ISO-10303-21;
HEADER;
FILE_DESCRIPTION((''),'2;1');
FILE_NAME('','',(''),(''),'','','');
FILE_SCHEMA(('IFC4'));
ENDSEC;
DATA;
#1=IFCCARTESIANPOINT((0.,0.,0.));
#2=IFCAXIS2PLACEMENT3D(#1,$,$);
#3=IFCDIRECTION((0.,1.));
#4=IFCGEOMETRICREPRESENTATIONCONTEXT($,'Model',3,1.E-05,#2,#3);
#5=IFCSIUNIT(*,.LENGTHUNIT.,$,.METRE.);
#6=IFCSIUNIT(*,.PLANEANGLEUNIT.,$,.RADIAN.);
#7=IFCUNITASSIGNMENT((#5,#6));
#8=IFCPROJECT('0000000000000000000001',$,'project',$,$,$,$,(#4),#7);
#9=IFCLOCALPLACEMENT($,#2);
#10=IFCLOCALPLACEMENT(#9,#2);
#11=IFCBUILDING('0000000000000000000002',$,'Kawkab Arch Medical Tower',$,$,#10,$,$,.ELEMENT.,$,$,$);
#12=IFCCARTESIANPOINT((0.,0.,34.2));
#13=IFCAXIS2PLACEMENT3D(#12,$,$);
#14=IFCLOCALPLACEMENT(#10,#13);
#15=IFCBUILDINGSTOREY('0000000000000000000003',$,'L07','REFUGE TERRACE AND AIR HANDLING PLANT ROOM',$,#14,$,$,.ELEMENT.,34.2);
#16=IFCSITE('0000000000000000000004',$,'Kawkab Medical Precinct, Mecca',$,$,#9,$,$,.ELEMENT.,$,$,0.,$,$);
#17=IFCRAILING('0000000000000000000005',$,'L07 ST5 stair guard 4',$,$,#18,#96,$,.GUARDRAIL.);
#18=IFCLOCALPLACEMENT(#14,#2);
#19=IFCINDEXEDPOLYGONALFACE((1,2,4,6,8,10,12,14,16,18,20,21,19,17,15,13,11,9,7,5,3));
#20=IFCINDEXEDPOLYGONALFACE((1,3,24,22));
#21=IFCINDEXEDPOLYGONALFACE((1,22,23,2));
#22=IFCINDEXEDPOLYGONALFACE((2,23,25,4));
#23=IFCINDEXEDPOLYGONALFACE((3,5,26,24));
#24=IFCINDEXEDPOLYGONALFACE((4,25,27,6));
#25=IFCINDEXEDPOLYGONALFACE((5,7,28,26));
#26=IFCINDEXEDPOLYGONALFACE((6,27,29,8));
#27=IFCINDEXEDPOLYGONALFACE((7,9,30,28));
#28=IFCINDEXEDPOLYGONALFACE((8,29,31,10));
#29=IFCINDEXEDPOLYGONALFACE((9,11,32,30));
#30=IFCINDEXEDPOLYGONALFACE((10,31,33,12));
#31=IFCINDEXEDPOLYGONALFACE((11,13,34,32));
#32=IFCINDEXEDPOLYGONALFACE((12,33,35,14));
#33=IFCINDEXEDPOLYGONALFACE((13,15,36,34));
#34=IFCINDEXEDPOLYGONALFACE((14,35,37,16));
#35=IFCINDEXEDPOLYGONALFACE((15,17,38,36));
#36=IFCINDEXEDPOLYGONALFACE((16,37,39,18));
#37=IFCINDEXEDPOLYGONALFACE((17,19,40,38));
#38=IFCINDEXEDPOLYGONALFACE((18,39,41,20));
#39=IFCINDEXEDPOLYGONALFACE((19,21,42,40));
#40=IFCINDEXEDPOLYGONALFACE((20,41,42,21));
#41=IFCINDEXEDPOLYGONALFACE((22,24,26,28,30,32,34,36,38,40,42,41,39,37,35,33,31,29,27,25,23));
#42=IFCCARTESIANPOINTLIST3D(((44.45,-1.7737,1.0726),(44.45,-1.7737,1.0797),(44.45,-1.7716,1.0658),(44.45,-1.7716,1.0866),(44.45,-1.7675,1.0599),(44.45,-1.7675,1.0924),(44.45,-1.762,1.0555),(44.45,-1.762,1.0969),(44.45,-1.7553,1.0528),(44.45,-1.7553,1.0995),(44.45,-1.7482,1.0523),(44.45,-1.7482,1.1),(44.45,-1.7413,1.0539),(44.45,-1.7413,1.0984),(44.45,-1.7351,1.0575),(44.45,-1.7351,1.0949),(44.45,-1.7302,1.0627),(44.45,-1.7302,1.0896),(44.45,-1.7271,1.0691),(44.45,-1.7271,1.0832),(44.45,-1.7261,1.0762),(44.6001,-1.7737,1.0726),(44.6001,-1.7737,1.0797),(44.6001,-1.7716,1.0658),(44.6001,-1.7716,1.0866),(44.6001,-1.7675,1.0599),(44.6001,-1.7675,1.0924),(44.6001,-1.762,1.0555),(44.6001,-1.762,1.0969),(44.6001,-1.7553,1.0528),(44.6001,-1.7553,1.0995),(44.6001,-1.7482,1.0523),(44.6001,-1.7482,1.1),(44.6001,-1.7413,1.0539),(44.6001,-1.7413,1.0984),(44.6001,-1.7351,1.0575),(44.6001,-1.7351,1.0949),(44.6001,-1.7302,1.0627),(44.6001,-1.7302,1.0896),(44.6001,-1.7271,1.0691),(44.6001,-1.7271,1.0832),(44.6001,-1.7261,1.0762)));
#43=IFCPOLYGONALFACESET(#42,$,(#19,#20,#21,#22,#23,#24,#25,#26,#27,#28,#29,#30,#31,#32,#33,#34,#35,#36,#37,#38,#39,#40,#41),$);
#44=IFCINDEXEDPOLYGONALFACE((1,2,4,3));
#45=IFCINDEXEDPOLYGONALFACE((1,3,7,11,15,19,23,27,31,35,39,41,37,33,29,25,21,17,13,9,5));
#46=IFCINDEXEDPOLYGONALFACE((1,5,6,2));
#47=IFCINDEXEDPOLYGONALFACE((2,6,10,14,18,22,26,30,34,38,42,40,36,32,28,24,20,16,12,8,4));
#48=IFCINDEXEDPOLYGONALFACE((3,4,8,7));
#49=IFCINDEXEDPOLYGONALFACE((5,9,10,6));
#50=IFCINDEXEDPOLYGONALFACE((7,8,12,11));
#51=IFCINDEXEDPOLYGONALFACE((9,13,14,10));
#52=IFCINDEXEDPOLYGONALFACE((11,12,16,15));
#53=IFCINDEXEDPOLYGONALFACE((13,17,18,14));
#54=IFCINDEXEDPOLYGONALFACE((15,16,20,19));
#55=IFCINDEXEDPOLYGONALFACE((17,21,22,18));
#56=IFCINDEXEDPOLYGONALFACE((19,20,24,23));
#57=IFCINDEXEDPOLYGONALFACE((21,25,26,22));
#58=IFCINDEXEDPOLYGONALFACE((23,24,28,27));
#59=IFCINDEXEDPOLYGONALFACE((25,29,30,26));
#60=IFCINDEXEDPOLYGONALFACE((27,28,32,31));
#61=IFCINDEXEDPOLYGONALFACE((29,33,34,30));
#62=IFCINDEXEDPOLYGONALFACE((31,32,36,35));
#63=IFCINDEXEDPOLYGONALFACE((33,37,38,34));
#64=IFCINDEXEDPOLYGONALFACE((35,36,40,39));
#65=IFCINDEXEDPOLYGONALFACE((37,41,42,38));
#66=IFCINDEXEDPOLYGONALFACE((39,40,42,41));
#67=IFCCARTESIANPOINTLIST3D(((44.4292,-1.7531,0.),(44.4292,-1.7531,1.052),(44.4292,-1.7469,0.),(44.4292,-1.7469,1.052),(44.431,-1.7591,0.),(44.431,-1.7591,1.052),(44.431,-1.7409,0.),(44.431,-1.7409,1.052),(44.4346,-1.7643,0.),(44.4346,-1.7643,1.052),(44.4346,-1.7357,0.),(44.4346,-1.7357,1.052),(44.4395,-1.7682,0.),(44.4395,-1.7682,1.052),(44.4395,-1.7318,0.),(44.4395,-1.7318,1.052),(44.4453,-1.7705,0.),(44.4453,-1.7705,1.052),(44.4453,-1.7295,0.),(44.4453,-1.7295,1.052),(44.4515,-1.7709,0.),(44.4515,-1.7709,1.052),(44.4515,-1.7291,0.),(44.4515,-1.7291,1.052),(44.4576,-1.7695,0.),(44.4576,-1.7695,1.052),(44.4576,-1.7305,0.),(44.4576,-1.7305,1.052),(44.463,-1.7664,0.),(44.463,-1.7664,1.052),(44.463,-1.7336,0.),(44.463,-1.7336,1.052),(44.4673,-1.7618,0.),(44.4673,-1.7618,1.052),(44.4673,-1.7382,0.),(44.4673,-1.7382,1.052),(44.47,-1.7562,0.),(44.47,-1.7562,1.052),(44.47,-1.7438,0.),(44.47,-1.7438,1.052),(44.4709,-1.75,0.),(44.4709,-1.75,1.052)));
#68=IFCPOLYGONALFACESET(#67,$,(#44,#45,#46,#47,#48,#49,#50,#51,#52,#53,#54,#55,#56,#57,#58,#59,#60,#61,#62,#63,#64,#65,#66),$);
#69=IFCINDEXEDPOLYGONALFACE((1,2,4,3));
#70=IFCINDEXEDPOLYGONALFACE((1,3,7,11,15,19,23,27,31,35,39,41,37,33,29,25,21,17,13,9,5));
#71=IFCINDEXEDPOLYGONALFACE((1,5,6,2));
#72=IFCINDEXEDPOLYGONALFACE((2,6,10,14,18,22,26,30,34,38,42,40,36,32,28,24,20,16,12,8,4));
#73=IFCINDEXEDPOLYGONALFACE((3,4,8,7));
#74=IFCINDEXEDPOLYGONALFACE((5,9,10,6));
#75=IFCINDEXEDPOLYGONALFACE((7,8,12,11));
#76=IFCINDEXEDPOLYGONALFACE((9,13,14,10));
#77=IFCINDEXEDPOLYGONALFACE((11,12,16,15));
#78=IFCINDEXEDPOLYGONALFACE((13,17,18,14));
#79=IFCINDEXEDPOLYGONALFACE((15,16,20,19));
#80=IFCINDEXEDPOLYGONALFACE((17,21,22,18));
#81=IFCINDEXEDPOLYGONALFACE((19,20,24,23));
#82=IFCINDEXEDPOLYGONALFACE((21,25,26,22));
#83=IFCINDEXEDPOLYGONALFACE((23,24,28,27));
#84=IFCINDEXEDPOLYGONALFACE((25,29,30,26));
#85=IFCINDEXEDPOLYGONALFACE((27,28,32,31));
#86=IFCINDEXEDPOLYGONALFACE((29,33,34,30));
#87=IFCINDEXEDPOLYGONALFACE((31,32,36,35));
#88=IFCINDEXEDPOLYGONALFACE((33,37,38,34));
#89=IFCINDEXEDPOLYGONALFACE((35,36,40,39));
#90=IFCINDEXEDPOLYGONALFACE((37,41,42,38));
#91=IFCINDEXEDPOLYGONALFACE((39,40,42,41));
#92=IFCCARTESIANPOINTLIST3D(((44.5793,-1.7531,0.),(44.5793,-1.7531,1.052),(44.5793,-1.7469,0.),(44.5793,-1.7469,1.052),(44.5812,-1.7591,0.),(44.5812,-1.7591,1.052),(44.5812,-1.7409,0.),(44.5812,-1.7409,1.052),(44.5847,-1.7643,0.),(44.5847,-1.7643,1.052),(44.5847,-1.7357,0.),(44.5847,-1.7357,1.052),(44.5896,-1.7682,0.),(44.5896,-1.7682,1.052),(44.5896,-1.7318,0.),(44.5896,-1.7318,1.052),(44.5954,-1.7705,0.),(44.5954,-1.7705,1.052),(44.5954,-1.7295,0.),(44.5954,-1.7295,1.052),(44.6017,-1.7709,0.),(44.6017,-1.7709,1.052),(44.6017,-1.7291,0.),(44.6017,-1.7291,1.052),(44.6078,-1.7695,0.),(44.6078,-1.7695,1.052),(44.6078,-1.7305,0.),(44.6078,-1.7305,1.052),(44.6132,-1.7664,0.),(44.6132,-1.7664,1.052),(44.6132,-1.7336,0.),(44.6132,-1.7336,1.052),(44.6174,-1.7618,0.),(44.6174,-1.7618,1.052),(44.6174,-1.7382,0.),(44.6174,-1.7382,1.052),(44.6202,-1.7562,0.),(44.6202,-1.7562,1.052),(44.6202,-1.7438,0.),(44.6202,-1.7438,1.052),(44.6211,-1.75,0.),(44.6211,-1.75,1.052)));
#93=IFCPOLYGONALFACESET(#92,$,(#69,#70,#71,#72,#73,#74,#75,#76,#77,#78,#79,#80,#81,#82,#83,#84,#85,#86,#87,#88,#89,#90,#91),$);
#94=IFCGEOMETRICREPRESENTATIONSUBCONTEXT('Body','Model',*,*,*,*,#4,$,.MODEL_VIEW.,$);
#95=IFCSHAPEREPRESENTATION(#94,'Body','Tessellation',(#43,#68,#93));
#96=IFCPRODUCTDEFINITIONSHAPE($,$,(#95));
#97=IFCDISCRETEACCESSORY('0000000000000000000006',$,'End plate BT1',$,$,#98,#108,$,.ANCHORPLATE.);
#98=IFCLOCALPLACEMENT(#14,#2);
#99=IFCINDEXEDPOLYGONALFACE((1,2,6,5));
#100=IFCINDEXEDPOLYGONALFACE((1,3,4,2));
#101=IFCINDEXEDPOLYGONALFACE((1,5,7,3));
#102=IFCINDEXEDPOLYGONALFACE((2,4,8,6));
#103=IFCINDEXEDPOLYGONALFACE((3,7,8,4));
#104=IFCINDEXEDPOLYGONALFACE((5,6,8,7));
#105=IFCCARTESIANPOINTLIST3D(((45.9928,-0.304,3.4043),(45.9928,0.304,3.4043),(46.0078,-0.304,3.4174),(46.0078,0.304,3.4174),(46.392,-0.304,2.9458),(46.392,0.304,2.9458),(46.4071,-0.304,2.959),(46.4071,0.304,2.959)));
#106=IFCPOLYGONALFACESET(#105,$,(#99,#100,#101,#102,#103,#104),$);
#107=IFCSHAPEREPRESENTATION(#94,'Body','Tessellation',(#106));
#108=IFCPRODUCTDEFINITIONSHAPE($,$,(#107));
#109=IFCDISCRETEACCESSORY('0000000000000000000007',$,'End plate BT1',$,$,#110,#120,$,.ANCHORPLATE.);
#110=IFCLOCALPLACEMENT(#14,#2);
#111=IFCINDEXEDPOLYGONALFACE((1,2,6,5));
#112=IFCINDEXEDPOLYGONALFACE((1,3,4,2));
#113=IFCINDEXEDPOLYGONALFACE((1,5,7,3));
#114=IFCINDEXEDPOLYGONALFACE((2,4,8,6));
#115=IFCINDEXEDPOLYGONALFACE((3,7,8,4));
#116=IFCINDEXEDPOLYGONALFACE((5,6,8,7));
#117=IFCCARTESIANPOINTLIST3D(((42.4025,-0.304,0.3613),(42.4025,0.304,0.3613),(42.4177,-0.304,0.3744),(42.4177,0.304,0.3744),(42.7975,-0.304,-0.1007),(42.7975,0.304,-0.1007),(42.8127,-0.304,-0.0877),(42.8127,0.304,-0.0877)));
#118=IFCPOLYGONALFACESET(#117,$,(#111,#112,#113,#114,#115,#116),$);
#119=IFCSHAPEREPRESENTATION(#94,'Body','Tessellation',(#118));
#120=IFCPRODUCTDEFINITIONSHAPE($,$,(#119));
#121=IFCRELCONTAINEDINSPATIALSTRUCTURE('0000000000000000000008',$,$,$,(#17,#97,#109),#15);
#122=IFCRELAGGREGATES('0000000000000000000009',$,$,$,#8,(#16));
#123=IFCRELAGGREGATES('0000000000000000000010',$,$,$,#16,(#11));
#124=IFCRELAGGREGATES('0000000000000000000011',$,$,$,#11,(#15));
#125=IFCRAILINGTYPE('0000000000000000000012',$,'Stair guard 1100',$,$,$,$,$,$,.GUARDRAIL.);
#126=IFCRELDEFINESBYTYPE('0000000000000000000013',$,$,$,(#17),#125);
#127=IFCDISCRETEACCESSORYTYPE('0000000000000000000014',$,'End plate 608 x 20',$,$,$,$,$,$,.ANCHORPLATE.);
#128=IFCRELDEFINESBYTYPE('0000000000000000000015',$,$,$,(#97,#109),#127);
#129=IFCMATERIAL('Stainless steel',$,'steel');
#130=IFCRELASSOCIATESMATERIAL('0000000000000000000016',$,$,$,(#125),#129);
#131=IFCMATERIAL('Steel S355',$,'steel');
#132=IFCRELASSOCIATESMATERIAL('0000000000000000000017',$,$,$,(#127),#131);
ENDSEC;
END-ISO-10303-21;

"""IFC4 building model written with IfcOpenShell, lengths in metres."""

from ifc_helpers import new_model, si_unit, direction, frame, origin, origin_2d, place, context, subcontext, project, spatial, rectangle, circle, extrude, material, material_profile, profile_set, type_object, element, save


model = new_model("IFC4")

# Units and contexts
model_context = context("Model", 3, precision=1e-05, world=origin(), true_north=direction((0.0, 1.0)))
body_context = subcontext(model_context, "Body", "Model", "MODEL_VIEW")
ifc_project = project(units=[si_unit("LENGTHUNIT", "METRE"), si_unit("PLANEANGLEUNIT", "RADIAN")], contexts=[model_context])

# Site, building, storey
site_placement = place(None, origin())
site = spatial("IfcSite", under=ifc_project, at=site_placement, Name="Kawkab Medical Precinct, Mecca", CompositionType="ELEMENT", RefElevation=0.0)
building_placement = place(site_placement, origin())
building = spatial("IfcBuilding", under=site, at=building_placement, Name="Kawkab Arch Medical Tower", CompositionType="ELEMENT")
storey_placement = place(building_placement, frame((0.0, 0.0, 34.2)))
storey = spatial("IfcBuildingStorey", under=building, at=storey_placement, Name="L07", Description="REFUGE TERRACE AND AIR HANDLING PLANT ROOM", CompositionType="ELEMENT", Elevation=34.2)

# Railing
ifc_material_1 = material(Name="Stainless steel", Category="steel")
railing_type = type_object("IfcRailingType", Name="Stair guard 1100", PredefinedType="GUARDRAIL", material=ifc_material_1)
railing_1_placement = place(storey_placement, frame((44.45, -1.75, 0.0)))
element("IfcRailing", 1, at=railing_1_placement, inside=storey, type_object=railing_type, Name="L07 ST5 stair guard 4", PredefinedType="GUARDRAIL", context=body_context, shape_type="SweptSolid", body=[
    extrude(circle(Radius=0.0239, at=origin_2d()), frame((0.0, 0.0, 1.0762), z_axis=(1.0, 0.0, 0.0), x_axis=(0.0, 1.0, 0.0)), (0.0, 0.0, 1.0), 0.1501),
    extrude(circle(Radius=0.021, at=origin_2d()), origin(), (0.0, 0.0, 1.0), 1.052),
    extrude(circle(Radius=0.021, at=origin_2d()), frame((0.1501, 0.0, 0.0)), (0.0, 0.0, 1.0), 1.052),
])

# Discrete accessories
ifc_material_2 = material(Name="Steel S355", Category="steel")
ifc_material_profile_1 = material_profile(ifc_material_2, rectangle(XDim=0.6079, YDim=0.6079, at=origin_2d()), Name="End plate 608 x 20")
ifc_profile_set_1 = profile_set([ifc_material_profile_1], Name="Steel S355")
discrete_accessory_type = type_object("IfcDiscreteAccessoryType", Name="End plate 608 x 20", PredefinedType="ANCHORPLATE", material=ifc_profile_set_1)
for number, where, z_axis, x_axis, name in (
    (2, (46.1924, 0.0, 3.175), (0.754082, 0.0, 0.656781), (0.0, 1.0, 0.0), "End plate BT1"),
    (3, (42.6152, 0.0, 0.1433), (-0.760121, 0.0, -0.649781), (0.0, -1.0, 0.0), "End plate BT1"),
):
    element("IfcDiscreteAccessory", number, at=place(storey_placement, frame(where, z_axis=z_axis, x_axis=x_axis)), inside=storey, type_object=discrete_accessory_type, Name=name, PredefinedType="ANCHORPLATE", context=body_context, shape_type="SweptSolid", body=[
        extrude(rectangle(XDim=0.6079, YDim=0.6079, at=origin_2d()), origin(), (0.0, 0.0, 1.0), 0.02),
    ])

save(model, "model.ifc")
